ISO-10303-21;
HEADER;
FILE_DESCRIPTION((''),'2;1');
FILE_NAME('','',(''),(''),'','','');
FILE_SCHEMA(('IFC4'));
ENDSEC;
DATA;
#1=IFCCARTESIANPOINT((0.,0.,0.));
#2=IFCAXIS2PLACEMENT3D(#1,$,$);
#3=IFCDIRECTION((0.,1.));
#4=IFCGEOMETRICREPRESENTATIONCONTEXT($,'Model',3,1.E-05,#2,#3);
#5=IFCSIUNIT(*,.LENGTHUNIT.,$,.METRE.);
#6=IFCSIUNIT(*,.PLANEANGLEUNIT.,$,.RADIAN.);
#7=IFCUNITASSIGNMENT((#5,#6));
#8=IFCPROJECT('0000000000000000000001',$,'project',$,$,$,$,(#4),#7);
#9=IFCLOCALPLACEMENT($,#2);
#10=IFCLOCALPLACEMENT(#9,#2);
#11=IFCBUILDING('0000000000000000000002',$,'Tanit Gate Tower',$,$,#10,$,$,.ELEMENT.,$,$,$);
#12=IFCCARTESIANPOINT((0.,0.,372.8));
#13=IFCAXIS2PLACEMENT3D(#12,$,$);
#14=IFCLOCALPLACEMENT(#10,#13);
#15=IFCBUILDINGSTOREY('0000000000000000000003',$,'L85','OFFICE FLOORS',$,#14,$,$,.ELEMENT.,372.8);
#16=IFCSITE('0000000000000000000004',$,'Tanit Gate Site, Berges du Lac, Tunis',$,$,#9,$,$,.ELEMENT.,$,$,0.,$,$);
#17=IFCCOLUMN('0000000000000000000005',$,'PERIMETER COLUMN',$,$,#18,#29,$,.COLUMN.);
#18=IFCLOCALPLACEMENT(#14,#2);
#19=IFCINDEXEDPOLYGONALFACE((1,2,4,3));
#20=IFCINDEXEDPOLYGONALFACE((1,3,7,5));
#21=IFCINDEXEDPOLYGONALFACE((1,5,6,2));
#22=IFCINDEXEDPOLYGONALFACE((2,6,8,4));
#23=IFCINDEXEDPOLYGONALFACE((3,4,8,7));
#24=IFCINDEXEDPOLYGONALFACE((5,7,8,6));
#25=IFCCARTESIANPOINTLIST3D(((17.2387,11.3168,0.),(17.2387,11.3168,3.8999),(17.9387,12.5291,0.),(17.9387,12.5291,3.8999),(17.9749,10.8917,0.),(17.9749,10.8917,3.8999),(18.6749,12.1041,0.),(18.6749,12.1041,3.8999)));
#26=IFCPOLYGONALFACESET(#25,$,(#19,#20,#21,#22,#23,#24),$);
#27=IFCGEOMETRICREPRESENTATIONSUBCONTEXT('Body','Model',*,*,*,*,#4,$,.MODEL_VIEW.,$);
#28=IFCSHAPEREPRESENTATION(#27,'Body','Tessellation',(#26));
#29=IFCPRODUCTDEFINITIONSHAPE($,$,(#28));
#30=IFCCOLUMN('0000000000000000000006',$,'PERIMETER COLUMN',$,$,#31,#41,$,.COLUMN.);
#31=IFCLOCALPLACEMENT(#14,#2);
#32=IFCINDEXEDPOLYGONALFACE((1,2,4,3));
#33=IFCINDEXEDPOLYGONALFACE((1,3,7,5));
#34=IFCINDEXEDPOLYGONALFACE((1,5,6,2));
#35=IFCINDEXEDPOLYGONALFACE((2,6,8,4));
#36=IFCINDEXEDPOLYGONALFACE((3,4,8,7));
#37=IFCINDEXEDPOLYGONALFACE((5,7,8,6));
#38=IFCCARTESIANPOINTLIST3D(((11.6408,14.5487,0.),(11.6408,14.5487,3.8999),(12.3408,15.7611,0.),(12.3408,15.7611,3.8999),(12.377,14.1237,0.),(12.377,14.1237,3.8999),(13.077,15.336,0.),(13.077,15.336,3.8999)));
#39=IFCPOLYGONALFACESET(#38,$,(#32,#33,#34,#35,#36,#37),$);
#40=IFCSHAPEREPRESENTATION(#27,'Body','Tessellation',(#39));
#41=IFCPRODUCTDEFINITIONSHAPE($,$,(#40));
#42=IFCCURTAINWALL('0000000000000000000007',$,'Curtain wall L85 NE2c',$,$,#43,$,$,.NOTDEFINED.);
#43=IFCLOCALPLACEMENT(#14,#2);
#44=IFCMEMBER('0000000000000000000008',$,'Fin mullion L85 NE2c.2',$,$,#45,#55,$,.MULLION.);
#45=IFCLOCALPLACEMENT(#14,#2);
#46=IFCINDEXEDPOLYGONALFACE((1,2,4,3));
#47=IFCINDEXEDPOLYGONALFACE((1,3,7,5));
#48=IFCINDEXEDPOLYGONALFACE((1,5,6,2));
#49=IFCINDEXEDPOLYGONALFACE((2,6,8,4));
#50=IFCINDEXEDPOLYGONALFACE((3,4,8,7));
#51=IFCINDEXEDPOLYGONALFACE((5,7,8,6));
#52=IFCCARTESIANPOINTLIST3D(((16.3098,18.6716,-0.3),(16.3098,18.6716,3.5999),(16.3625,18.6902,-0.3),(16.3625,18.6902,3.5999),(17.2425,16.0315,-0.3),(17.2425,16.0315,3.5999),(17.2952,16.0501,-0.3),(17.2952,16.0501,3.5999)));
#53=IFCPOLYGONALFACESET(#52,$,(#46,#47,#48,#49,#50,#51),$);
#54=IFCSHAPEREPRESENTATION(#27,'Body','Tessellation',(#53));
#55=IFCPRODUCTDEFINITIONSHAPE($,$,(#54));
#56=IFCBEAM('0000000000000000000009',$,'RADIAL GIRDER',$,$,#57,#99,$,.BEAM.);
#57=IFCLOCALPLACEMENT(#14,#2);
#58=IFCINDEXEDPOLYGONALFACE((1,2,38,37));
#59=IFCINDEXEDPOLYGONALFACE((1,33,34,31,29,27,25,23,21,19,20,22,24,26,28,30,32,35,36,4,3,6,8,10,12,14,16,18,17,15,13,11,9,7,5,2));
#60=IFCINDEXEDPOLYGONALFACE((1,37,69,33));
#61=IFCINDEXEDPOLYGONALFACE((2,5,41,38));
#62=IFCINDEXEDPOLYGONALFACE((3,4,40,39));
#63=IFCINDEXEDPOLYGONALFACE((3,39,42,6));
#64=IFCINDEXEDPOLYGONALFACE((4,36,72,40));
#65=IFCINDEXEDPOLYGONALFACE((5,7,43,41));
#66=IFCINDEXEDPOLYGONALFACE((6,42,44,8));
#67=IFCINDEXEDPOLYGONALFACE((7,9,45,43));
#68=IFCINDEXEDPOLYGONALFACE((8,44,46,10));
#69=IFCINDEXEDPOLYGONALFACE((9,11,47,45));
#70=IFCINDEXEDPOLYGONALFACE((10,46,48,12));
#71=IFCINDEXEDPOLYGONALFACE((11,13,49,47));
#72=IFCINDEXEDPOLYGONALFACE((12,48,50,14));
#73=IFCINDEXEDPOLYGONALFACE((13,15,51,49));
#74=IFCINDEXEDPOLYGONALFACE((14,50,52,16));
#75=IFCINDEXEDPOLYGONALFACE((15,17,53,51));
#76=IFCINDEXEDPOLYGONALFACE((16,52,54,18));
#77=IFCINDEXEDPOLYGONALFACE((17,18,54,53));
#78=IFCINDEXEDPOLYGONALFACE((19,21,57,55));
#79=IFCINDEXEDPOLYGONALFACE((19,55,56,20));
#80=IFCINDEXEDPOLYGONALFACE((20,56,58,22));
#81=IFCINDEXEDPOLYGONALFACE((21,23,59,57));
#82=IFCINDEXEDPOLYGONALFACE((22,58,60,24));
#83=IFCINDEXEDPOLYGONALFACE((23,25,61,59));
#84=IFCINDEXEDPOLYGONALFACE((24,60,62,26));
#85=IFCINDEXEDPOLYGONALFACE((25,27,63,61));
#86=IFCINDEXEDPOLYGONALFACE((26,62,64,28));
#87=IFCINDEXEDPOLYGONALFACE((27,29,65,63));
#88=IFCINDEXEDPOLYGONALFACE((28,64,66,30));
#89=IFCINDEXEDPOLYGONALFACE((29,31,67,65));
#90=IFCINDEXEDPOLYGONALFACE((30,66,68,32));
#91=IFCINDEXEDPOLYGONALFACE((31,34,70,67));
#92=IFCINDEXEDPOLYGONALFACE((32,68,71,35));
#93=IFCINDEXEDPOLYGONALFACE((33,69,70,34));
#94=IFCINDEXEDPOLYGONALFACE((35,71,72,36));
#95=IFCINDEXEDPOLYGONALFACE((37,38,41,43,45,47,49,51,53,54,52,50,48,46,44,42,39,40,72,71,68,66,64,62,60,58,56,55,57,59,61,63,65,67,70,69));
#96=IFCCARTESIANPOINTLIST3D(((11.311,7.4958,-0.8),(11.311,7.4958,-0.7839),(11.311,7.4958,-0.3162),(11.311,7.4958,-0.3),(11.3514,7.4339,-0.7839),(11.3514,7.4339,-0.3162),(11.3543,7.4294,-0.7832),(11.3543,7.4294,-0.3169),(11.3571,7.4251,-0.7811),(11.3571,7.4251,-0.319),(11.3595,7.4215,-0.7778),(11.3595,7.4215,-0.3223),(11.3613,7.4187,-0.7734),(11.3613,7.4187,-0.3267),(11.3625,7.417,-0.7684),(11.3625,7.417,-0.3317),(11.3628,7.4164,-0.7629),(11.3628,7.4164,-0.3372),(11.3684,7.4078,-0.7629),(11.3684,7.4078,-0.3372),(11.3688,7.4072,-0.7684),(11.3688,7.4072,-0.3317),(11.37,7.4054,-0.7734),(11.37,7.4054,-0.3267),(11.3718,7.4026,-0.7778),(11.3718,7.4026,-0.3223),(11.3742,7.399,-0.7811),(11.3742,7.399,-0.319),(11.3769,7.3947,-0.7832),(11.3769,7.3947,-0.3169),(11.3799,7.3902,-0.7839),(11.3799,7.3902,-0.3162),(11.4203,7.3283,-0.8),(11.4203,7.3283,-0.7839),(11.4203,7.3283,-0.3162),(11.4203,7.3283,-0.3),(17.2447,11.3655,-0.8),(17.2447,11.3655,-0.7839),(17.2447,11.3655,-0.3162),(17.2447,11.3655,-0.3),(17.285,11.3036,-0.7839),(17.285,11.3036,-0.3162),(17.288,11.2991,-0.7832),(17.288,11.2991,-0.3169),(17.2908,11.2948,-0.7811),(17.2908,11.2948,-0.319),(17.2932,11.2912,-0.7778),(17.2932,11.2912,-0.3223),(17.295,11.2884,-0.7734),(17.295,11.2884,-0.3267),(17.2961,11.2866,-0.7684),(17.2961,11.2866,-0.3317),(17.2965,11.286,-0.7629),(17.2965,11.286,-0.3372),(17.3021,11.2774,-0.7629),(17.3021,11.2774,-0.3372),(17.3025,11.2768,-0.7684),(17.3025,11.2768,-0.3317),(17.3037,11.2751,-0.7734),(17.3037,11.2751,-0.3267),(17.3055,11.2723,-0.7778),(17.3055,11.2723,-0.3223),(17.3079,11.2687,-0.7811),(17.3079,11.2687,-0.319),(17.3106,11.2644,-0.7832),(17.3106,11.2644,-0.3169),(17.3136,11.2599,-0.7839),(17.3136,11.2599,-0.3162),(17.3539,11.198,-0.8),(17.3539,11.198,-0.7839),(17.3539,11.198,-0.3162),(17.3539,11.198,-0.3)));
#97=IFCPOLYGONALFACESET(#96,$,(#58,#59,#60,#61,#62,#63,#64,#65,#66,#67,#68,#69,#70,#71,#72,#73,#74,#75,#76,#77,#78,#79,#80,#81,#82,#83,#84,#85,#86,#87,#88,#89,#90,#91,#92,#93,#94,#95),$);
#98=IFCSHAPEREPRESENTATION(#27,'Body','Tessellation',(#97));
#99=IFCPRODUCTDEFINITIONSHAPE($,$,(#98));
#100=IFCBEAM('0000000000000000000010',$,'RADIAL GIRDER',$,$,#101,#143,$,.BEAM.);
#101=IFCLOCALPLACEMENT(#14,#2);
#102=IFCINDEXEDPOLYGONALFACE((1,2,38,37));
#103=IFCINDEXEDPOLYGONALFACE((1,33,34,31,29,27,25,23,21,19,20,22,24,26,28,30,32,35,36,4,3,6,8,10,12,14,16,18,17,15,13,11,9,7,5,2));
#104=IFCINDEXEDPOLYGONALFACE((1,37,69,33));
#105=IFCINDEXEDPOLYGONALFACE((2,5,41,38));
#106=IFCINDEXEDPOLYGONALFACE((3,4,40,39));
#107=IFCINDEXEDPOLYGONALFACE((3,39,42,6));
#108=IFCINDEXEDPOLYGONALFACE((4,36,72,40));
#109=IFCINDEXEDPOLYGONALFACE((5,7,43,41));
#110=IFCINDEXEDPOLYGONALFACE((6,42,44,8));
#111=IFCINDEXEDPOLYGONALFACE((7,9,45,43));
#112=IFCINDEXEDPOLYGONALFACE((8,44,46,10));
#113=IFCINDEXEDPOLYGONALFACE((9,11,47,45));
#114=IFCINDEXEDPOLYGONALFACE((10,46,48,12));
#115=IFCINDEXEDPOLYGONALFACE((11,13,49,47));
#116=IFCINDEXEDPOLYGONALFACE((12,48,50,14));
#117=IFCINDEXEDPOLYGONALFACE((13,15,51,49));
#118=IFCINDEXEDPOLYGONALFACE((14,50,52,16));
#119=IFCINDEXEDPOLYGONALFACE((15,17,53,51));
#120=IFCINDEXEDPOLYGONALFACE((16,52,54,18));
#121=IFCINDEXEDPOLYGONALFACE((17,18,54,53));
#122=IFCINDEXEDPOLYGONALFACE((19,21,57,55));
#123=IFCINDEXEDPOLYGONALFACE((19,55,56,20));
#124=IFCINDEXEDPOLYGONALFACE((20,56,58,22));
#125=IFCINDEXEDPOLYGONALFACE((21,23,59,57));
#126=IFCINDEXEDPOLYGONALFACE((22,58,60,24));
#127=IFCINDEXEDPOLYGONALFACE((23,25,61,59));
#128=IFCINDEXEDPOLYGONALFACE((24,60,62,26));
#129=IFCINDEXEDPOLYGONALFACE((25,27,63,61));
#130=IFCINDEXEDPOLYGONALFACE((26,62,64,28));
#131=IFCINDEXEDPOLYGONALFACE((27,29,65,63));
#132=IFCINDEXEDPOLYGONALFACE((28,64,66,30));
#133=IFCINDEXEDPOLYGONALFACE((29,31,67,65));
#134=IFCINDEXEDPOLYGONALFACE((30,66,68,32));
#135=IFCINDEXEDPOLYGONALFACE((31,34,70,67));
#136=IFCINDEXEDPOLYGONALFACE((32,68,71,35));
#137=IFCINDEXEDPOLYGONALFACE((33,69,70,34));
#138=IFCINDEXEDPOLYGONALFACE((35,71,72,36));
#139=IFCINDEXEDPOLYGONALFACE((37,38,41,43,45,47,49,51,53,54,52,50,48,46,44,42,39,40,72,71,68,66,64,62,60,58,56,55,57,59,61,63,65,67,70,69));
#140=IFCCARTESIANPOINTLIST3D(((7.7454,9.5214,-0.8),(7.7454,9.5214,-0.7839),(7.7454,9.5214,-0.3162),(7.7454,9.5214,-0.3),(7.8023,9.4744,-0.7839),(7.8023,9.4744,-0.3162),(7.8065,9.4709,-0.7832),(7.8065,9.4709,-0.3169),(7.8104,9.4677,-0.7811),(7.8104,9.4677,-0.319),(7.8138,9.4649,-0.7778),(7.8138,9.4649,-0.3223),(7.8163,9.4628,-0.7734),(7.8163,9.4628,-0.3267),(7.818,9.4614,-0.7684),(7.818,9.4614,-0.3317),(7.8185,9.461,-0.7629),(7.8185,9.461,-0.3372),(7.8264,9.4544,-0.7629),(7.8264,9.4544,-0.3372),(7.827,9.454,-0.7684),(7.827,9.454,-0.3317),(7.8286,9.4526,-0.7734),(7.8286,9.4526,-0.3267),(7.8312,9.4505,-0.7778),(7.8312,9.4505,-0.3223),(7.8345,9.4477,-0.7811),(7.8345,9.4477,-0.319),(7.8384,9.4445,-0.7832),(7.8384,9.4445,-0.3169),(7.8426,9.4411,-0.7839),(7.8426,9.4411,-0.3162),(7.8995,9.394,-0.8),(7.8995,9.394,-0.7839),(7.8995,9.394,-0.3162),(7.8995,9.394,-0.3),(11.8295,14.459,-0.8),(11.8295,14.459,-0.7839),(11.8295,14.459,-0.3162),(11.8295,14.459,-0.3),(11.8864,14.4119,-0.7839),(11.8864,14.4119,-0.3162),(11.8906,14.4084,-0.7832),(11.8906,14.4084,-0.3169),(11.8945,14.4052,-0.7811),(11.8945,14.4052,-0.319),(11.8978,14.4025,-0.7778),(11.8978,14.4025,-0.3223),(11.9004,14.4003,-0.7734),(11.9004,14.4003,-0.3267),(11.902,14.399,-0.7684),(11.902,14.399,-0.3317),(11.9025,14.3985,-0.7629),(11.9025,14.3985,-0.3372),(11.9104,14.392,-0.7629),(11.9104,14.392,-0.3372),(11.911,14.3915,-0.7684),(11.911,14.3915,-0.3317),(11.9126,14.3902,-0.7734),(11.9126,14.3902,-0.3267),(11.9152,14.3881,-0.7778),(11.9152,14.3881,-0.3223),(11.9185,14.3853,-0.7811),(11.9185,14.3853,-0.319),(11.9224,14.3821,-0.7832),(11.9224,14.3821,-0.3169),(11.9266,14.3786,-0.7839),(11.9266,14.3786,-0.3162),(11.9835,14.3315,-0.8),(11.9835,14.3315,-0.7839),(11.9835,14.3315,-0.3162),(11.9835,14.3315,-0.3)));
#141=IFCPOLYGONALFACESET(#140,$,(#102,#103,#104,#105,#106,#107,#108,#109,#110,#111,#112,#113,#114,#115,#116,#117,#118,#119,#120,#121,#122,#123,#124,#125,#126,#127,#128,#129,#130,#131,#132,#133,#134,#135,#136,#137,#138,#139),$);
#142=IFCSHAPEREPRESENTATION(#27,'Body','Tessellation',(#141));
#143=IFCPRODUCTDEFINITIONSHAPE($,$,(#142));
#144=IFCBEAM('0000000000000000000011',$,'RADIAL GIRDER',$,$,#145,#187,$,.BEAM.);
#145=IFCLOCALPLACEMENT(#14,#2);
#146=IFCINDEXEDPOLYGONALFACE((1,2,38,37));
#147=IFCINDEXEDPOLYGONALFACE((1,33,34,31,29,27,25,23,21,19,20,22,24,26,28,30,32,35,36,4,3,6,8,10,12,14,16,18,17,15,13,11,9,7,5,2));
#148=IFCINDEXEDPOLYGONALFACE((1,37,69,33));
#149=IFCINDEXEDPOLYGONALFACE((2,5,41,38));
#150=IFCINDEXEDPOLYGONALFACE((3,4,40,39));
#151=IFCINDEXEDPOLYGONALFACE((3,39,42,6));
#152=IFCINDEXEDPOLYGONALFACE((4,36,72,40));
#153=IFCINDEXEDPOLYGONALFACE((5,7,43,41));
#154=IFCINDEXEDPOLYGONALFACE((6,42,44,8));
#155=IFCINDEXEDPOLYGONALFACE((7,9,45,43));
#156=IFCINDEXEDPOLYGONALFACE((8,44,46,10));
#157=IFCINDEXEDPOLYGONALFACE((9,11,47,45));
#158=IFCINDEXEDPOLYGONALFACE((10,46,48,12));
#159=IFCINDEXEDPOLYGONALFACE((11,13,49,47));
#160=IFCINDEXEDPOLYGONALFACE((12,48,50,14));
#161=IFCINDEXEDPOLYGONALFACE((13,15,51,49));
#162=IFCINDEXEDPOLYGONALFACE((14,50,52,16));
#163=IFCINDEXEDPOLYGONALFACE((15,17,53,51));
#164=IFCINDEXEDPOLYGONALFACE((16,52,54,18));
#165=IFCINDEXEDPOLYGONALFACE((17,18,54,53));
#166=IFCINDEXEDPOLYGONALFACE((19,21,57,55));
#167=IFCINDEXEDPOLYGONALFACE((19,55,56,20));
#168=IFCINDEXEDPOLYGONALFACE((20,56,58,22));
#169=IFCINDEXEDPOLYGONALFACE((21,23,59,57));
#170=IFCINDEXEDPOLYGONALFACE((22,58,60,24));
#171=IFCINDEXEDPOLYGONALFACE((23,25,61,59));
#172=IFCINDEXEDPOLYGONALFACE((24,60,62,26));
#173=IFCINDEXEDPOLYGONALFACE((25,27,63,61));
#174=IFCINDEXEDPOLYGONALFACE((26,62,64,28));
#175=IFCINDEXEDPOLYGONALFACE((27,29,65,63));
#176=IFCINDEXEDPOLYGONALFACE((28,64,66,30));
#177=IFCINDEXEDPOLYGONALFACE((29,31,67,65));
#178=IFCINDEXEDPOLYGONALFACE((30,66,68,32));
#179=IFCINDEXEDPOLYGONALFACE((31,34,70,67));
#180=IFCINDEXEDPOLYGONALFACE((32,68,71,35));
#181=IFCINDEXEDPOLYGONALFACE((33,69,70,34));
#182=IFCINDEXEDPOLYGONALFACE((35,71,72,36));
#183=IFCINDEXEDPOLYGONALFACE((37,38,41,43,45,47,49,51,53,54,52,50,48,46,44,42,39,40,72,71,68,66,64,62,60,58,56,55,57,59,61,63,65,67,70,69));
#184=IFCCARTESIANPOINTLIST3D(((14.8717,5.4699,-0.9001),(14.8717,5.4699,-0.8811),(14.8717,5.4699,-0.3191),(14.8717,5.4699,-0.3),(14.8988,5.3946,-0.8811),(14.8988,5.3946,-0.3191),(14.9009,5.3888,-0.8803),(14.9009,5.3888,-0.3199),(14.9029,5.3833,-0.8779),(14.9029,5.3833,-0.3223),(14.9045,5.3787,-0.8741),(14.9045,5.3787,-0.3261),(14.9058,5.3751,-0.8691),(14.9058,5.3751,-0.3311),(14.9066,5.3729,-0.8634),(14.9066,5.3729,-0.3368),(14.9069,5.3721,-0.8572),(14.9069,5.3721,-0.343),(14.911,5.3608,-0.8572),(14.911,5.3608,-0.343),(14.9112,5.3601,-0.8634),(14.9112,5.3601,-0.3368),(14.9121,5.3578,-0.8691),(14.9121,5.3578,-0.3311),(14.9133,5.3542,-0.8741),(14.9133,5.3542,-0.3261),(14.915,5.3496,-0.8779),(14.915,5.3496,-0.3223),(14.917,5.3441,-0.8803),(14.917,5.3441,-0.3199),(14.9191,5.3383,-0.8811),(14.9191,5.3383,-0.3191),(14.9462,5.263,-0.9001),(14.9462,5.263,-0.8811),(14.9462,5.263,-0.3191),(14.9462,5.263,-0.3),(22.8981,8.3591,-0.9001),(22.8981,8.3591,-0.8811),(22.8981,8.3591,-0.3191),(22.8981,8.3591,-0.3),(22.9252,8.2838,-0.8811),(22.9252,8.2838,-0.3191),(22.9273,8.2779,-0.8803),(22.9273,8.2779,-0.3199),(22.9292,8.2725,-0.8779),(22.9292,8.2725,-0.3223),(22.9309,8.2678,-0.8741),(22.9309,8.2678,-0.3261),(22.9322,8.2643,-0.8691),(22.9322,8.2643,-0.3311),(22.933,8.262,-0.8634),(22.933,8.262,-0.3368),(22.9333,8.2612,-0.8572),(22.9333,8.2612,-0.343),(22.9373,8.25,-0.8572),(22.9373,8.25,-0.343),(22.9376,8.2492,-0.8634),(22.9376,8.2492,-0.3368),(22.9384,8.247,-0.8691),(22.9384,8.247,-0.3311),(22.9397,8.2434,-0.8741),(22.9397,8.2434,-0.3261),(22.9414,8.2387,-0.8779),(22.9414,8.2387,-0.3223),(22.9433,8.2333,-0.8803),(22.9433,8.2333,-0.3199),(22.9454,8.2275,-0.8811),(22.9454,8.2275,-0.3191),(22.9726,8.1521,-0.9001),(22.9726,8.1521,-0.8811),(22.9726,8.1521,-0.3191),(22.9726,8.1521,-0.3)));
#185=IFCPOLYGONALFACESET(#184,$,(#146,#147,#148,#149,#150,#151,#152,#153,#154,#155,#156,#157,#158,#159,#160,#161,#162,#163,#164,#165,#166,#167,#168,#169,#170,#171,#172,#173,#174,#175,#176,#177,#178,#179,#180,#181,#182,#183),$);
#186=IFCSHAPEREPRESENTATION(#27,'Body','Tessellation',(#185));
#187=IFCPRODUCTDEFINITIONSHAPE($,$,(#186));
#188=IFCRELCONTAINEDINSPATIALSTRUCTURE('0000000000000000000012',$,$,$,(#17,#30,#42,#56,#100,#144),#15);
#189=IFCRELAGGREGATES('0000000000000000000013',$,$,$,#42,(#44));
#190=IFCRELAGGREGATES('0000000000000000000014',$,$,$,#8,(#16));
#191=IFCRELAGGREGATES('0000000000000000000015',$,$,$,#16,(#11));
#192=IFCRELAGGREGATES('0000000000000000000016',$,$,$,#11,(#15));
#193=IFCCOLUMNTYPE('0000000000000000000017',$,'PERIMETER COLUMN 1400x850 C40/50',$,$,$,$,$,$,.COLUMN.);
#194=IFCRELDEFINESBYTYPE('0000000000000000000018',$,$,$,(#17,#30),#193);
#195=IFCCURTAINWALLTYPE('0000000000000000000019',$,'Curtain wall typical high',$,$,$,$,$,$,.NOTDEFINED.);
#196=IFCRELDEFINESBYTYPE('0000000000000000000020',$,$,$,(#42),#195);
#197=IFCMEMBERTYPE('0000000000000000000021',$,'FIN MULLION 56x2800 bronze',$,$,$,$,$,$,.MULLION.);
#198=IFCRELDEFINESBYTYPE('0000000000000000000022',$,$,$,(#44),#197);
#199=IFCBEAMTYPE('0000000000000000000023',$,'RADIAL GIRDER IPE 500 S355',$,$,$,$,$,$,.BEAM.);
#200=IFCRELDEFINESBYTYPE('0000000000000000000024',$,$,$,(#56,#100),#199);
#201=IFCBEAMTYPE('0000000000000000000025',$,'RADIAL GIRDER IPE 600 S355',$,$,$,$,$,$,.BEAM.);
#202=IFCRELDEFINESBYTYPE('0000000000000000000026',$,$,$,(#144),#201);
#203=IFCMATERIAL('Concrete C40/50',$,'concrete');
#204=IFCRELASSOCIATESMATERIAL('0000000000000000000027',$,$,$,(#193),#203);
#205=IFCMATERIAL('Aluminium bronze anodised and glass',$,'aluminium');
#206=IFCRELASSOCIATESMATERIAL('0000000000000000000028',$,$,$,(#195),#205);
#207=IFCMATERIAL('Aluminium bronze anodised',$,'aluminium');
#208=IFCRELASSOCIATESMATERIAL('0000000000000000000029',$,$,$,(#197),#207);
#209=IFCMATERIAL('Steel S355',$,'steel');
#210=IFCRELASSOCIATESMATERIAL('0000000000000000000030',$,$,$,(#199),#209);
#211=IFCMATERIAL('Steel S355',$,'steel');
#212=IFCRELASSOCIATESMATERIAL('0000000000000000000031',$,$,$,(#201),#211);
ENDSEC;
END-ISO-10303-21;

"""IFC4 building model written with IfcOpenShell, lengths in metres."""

from ifc_helpers import new_model, si_unit, direction, frame, origin, origin_2d, place, context, subcontext, project, spatial, rectangle, i_section, extrude, material, material_profile, profile_set, type_object, element, aggregate, save


model = new_model("IFC4")

# Units and contexts
model_context = context("Model", 3, precision=1e-05, world=origin(), true_north=direction((0.0, 1.0)))
body_context = subcontext(model_context, "Body", "Model", "MODEL_VIEW")
ifc_project = project(units=[si_unit("LENGTHUNIT", "METRE"), si_unit("PLANEANGLEUNIT", "RADIAN")], contexts=[model_context])

# Site, building, storey
site_placement = place(None, origin())
site = spatial("IfcSite", under=ifc_project, at=site_placement, Name="Tanit Gate Site, Berges du Lac, Tunis", CompositionType="ELEMENT", RefElevation=0.0)
building_placement = place(site_placement, origin())
building = spatial("IfcBuilding", under=site, at=building_placement, Name="Tanit Gate Tower", CompositionType="ELEMENT")
storey_placement = place(building_placement, frame((0.0, 0.0, 372.8)))
storey = spatial("IfcBuildingStorey", under=building, at=storey_placement, Name="L85", Description="OFFICE FLOORS", CompositionType="ELEMENT", Elevation=372.8)

# Columns
ifc_material_1 = material(Name="Concrete C40/50", Category="concrete")
ifc_material_profile_1 = material_profile(ifc_material_1, rectangle(XDim=1.3999, YDim=0.8501, at=origin_2d()), Name="RC 1400x850")
ifc_profile_set_1 = profile_set([ifc_material_profile_1], Name="Concrete C40/50")
column_type = type_object("IfcColumnType", Name="PERIMETER COLUMN 1400x850 C40/50", PredefinedType="COLUMN", material=ifc_profile_set_1)
for number, where, z_axis, x_axis, name in (
    (1, (17.9568, 11.7104, 0.0), (0.0, 0.0, 1.0), (0.5, 0.866025, 0.0), "PERIMETER COLUMN"),
    (2, (12.3589, 14.9424, 0.0), (0.0, 0.0, 1.0), (0.5, 0.866025, 0.0), "PERIMETER COLUMN"),
):
    element("IfcColumn", number, at=place(storey_placement, frame(where, z_axis=z_axis, x_axis=x_axis)), inside=storey, type_object=column_type, Name=name, PredefinedType="COLUMN", context=body_context, shape_type="SweptSolid", body=[
        extrude(rectangle(XDim=1.3999, YDim=0.8501, at=origin_2d()), origin(), (0.0, 0.0, 1.0), 3.8999),
    ])

# Curtain wall, member
ifc_material_2 = material(Name="Aluminium bronze anodised and glass", Category="aluminium")
curtain_wall_type = type_object("IfcCurtainWallType", Name="Curtain wall typical high", PredefinedType="NOTDEFINED", material=ifc_material_2)
curtain_wall_placement = place(storey_placement, origin())
curtain_wall = element("IfcCurtainWall", 3, at=curtain_wall_placement, inside=storey, type_object=curtain_wall_type, Name="Curtain wall L85 NE2c", PredefinedType="NOTDEFINED")
ifc_material_3 = material(Name="Aluminium bronze anodised", Category="aluminium")
ifc_material_profile_2 = material_profile(ifc_material_3, rectangle(XDim=2.8, YDim=0.0559, at=origin_2d()), Name="56x2800 bronze fin mullion")
ifc_profile_set_2 = profile_set([ifc_material_profile_2], Name="Aluminium bronze anodised")
member_type_1 = type_object("IfcMemberType", Name="FIN MULLION 56x2800 bronze", PredefinedType="MULLION", material=ifc_profile_set_2)
member_1_placement = place(storey_placement, frame((16.8025, 17.3608, -0.3), z_axis=(0.0, 0.0, 1.0), x_axis=(0.33309, -0.942895, 0.0)))
member_1 = element("IfcMember", 4, at=member_1_placement, type_object=member_type_1, Name="Fin mullion L85 NE2c.2", PredefinedType="MULLION", context=body_context, shape_type="SweptSolid", body=[
    extrude(rectangle(XDim=2.8, YDim=0.0559, at=origin_2d()), origin(), (0.0, 0.0, 1.0), 3.8999),
])

# Beams
ifc_material_4 = material(Name="Steel S355", Category="steel")
ifc_material_profile_3 = material_profile(ifc_material_4, i_section(OverallWidth=0.2, OverallDepth=0.5, WebThickness=0.0103, FlangeThickness=0.0161, FilletRadius=0.021, at=origin_2d()), Name="IPE 500")
ifc_profile_set_3 = profile_set([ifc_material_profile_3], Name="Steel S355")
beam_type_1 = type_object("IfcBeamType", Name="RADIAL GIRDER IPE 500 S355", PredefinedType="BEAM", material=ifc_profile_set_3)
beam_1_placement = place(storey_placement, frame((17.2993, 11.2817, -0.55), z_axis=(-0.837617, -0.546257, 0.0), x_axis=(0.546257, -0.837617, 0.0)))
element("IfcBeam", 5, at=beam_1_placement, inside=storey, type_object=beam_type_1, Name="RADIAL GIRDER", PredefinedType="BEAM", context=body_context, shape_type="SweptSolid", body=[
    extrude(i_section(OverallWidth=0.2, OverallDepth=0.5, WebThickness=0.0103, FlangeThickness=0.0161, FilletRadius=0.021, at=origin_2d()), origin(), (0.0, 0.0, 1.0), 7.084),
])
beam_2_placement = place(storey_placement, frame((11.9065, 14.3953, -0.55), z_axis=(-0.637362, -0.770565, 0.0), x_axis=(0.770565, -0.637362, 0.0)))
element("IfcBeam", 6, at=beam_2_placement, inside=storey, type_object=beam_type_1, Name="RADIAL GIRDER", PredefinedType="BEAM", context=body_context, shape_type="SweptSolid", body=[
    extrude(i_section(OverallWidth=0.2, OverallDepth=0.5, WebThickness=0.0103, FlangeThickness=0.0161, FilletRadius=0.021, at=origin_2d()), origin(), (0.0, 0.0, 1.0), 6.4077),
])
ifc_material_5 = material(Name="Steel S355", Category="steel")
ifc_material_profile_4 = material_profile(ifc_material_5, i_section(OverallWidth=0.22, OverallDepth=0.6001, WebThickness=0.012, FlangeThickness=0.019, FilletRadius=0.0239, at=origin_2d()), Name="IPE 600")
ifc_profile_set_4 = profile_set([ifc_material_profile_4], Name="Steel S355")
beam_type_2 = type_object("IfcBeamType", Name="RADIAL GIRDER IPE 600 S355", PredefinedType="BEAM", material=ifc_profile_set_4)
beam_3_placement = place(storey_placement, frame((22.9353, 8.2556, -0.6001), z_axis=(-0.9409, -0.338685, 0.0), x_axis=(0.338685, -0.9409, 0.0)))
element("IfcBeam", 7, at=beam_3_placement, inside=storey, type_object=beam_type_2, Name="RADIAL GIRDER", PredefinedType="BEAM", context=body_context, shape_type="SweptSolid", body=[
    extrude(i_section(OverallWidth=0.22, OverallDepth=0.6001, WebThickness=0.012, FlangeThickness=0.019, FilletRadius=0.0239, at=origin_2d()), origin(), (0.0, 0.0, 1.0), 8.5305),
])

aggregate(curtain_wall, [member_1])

save(model, "model.ifc")
